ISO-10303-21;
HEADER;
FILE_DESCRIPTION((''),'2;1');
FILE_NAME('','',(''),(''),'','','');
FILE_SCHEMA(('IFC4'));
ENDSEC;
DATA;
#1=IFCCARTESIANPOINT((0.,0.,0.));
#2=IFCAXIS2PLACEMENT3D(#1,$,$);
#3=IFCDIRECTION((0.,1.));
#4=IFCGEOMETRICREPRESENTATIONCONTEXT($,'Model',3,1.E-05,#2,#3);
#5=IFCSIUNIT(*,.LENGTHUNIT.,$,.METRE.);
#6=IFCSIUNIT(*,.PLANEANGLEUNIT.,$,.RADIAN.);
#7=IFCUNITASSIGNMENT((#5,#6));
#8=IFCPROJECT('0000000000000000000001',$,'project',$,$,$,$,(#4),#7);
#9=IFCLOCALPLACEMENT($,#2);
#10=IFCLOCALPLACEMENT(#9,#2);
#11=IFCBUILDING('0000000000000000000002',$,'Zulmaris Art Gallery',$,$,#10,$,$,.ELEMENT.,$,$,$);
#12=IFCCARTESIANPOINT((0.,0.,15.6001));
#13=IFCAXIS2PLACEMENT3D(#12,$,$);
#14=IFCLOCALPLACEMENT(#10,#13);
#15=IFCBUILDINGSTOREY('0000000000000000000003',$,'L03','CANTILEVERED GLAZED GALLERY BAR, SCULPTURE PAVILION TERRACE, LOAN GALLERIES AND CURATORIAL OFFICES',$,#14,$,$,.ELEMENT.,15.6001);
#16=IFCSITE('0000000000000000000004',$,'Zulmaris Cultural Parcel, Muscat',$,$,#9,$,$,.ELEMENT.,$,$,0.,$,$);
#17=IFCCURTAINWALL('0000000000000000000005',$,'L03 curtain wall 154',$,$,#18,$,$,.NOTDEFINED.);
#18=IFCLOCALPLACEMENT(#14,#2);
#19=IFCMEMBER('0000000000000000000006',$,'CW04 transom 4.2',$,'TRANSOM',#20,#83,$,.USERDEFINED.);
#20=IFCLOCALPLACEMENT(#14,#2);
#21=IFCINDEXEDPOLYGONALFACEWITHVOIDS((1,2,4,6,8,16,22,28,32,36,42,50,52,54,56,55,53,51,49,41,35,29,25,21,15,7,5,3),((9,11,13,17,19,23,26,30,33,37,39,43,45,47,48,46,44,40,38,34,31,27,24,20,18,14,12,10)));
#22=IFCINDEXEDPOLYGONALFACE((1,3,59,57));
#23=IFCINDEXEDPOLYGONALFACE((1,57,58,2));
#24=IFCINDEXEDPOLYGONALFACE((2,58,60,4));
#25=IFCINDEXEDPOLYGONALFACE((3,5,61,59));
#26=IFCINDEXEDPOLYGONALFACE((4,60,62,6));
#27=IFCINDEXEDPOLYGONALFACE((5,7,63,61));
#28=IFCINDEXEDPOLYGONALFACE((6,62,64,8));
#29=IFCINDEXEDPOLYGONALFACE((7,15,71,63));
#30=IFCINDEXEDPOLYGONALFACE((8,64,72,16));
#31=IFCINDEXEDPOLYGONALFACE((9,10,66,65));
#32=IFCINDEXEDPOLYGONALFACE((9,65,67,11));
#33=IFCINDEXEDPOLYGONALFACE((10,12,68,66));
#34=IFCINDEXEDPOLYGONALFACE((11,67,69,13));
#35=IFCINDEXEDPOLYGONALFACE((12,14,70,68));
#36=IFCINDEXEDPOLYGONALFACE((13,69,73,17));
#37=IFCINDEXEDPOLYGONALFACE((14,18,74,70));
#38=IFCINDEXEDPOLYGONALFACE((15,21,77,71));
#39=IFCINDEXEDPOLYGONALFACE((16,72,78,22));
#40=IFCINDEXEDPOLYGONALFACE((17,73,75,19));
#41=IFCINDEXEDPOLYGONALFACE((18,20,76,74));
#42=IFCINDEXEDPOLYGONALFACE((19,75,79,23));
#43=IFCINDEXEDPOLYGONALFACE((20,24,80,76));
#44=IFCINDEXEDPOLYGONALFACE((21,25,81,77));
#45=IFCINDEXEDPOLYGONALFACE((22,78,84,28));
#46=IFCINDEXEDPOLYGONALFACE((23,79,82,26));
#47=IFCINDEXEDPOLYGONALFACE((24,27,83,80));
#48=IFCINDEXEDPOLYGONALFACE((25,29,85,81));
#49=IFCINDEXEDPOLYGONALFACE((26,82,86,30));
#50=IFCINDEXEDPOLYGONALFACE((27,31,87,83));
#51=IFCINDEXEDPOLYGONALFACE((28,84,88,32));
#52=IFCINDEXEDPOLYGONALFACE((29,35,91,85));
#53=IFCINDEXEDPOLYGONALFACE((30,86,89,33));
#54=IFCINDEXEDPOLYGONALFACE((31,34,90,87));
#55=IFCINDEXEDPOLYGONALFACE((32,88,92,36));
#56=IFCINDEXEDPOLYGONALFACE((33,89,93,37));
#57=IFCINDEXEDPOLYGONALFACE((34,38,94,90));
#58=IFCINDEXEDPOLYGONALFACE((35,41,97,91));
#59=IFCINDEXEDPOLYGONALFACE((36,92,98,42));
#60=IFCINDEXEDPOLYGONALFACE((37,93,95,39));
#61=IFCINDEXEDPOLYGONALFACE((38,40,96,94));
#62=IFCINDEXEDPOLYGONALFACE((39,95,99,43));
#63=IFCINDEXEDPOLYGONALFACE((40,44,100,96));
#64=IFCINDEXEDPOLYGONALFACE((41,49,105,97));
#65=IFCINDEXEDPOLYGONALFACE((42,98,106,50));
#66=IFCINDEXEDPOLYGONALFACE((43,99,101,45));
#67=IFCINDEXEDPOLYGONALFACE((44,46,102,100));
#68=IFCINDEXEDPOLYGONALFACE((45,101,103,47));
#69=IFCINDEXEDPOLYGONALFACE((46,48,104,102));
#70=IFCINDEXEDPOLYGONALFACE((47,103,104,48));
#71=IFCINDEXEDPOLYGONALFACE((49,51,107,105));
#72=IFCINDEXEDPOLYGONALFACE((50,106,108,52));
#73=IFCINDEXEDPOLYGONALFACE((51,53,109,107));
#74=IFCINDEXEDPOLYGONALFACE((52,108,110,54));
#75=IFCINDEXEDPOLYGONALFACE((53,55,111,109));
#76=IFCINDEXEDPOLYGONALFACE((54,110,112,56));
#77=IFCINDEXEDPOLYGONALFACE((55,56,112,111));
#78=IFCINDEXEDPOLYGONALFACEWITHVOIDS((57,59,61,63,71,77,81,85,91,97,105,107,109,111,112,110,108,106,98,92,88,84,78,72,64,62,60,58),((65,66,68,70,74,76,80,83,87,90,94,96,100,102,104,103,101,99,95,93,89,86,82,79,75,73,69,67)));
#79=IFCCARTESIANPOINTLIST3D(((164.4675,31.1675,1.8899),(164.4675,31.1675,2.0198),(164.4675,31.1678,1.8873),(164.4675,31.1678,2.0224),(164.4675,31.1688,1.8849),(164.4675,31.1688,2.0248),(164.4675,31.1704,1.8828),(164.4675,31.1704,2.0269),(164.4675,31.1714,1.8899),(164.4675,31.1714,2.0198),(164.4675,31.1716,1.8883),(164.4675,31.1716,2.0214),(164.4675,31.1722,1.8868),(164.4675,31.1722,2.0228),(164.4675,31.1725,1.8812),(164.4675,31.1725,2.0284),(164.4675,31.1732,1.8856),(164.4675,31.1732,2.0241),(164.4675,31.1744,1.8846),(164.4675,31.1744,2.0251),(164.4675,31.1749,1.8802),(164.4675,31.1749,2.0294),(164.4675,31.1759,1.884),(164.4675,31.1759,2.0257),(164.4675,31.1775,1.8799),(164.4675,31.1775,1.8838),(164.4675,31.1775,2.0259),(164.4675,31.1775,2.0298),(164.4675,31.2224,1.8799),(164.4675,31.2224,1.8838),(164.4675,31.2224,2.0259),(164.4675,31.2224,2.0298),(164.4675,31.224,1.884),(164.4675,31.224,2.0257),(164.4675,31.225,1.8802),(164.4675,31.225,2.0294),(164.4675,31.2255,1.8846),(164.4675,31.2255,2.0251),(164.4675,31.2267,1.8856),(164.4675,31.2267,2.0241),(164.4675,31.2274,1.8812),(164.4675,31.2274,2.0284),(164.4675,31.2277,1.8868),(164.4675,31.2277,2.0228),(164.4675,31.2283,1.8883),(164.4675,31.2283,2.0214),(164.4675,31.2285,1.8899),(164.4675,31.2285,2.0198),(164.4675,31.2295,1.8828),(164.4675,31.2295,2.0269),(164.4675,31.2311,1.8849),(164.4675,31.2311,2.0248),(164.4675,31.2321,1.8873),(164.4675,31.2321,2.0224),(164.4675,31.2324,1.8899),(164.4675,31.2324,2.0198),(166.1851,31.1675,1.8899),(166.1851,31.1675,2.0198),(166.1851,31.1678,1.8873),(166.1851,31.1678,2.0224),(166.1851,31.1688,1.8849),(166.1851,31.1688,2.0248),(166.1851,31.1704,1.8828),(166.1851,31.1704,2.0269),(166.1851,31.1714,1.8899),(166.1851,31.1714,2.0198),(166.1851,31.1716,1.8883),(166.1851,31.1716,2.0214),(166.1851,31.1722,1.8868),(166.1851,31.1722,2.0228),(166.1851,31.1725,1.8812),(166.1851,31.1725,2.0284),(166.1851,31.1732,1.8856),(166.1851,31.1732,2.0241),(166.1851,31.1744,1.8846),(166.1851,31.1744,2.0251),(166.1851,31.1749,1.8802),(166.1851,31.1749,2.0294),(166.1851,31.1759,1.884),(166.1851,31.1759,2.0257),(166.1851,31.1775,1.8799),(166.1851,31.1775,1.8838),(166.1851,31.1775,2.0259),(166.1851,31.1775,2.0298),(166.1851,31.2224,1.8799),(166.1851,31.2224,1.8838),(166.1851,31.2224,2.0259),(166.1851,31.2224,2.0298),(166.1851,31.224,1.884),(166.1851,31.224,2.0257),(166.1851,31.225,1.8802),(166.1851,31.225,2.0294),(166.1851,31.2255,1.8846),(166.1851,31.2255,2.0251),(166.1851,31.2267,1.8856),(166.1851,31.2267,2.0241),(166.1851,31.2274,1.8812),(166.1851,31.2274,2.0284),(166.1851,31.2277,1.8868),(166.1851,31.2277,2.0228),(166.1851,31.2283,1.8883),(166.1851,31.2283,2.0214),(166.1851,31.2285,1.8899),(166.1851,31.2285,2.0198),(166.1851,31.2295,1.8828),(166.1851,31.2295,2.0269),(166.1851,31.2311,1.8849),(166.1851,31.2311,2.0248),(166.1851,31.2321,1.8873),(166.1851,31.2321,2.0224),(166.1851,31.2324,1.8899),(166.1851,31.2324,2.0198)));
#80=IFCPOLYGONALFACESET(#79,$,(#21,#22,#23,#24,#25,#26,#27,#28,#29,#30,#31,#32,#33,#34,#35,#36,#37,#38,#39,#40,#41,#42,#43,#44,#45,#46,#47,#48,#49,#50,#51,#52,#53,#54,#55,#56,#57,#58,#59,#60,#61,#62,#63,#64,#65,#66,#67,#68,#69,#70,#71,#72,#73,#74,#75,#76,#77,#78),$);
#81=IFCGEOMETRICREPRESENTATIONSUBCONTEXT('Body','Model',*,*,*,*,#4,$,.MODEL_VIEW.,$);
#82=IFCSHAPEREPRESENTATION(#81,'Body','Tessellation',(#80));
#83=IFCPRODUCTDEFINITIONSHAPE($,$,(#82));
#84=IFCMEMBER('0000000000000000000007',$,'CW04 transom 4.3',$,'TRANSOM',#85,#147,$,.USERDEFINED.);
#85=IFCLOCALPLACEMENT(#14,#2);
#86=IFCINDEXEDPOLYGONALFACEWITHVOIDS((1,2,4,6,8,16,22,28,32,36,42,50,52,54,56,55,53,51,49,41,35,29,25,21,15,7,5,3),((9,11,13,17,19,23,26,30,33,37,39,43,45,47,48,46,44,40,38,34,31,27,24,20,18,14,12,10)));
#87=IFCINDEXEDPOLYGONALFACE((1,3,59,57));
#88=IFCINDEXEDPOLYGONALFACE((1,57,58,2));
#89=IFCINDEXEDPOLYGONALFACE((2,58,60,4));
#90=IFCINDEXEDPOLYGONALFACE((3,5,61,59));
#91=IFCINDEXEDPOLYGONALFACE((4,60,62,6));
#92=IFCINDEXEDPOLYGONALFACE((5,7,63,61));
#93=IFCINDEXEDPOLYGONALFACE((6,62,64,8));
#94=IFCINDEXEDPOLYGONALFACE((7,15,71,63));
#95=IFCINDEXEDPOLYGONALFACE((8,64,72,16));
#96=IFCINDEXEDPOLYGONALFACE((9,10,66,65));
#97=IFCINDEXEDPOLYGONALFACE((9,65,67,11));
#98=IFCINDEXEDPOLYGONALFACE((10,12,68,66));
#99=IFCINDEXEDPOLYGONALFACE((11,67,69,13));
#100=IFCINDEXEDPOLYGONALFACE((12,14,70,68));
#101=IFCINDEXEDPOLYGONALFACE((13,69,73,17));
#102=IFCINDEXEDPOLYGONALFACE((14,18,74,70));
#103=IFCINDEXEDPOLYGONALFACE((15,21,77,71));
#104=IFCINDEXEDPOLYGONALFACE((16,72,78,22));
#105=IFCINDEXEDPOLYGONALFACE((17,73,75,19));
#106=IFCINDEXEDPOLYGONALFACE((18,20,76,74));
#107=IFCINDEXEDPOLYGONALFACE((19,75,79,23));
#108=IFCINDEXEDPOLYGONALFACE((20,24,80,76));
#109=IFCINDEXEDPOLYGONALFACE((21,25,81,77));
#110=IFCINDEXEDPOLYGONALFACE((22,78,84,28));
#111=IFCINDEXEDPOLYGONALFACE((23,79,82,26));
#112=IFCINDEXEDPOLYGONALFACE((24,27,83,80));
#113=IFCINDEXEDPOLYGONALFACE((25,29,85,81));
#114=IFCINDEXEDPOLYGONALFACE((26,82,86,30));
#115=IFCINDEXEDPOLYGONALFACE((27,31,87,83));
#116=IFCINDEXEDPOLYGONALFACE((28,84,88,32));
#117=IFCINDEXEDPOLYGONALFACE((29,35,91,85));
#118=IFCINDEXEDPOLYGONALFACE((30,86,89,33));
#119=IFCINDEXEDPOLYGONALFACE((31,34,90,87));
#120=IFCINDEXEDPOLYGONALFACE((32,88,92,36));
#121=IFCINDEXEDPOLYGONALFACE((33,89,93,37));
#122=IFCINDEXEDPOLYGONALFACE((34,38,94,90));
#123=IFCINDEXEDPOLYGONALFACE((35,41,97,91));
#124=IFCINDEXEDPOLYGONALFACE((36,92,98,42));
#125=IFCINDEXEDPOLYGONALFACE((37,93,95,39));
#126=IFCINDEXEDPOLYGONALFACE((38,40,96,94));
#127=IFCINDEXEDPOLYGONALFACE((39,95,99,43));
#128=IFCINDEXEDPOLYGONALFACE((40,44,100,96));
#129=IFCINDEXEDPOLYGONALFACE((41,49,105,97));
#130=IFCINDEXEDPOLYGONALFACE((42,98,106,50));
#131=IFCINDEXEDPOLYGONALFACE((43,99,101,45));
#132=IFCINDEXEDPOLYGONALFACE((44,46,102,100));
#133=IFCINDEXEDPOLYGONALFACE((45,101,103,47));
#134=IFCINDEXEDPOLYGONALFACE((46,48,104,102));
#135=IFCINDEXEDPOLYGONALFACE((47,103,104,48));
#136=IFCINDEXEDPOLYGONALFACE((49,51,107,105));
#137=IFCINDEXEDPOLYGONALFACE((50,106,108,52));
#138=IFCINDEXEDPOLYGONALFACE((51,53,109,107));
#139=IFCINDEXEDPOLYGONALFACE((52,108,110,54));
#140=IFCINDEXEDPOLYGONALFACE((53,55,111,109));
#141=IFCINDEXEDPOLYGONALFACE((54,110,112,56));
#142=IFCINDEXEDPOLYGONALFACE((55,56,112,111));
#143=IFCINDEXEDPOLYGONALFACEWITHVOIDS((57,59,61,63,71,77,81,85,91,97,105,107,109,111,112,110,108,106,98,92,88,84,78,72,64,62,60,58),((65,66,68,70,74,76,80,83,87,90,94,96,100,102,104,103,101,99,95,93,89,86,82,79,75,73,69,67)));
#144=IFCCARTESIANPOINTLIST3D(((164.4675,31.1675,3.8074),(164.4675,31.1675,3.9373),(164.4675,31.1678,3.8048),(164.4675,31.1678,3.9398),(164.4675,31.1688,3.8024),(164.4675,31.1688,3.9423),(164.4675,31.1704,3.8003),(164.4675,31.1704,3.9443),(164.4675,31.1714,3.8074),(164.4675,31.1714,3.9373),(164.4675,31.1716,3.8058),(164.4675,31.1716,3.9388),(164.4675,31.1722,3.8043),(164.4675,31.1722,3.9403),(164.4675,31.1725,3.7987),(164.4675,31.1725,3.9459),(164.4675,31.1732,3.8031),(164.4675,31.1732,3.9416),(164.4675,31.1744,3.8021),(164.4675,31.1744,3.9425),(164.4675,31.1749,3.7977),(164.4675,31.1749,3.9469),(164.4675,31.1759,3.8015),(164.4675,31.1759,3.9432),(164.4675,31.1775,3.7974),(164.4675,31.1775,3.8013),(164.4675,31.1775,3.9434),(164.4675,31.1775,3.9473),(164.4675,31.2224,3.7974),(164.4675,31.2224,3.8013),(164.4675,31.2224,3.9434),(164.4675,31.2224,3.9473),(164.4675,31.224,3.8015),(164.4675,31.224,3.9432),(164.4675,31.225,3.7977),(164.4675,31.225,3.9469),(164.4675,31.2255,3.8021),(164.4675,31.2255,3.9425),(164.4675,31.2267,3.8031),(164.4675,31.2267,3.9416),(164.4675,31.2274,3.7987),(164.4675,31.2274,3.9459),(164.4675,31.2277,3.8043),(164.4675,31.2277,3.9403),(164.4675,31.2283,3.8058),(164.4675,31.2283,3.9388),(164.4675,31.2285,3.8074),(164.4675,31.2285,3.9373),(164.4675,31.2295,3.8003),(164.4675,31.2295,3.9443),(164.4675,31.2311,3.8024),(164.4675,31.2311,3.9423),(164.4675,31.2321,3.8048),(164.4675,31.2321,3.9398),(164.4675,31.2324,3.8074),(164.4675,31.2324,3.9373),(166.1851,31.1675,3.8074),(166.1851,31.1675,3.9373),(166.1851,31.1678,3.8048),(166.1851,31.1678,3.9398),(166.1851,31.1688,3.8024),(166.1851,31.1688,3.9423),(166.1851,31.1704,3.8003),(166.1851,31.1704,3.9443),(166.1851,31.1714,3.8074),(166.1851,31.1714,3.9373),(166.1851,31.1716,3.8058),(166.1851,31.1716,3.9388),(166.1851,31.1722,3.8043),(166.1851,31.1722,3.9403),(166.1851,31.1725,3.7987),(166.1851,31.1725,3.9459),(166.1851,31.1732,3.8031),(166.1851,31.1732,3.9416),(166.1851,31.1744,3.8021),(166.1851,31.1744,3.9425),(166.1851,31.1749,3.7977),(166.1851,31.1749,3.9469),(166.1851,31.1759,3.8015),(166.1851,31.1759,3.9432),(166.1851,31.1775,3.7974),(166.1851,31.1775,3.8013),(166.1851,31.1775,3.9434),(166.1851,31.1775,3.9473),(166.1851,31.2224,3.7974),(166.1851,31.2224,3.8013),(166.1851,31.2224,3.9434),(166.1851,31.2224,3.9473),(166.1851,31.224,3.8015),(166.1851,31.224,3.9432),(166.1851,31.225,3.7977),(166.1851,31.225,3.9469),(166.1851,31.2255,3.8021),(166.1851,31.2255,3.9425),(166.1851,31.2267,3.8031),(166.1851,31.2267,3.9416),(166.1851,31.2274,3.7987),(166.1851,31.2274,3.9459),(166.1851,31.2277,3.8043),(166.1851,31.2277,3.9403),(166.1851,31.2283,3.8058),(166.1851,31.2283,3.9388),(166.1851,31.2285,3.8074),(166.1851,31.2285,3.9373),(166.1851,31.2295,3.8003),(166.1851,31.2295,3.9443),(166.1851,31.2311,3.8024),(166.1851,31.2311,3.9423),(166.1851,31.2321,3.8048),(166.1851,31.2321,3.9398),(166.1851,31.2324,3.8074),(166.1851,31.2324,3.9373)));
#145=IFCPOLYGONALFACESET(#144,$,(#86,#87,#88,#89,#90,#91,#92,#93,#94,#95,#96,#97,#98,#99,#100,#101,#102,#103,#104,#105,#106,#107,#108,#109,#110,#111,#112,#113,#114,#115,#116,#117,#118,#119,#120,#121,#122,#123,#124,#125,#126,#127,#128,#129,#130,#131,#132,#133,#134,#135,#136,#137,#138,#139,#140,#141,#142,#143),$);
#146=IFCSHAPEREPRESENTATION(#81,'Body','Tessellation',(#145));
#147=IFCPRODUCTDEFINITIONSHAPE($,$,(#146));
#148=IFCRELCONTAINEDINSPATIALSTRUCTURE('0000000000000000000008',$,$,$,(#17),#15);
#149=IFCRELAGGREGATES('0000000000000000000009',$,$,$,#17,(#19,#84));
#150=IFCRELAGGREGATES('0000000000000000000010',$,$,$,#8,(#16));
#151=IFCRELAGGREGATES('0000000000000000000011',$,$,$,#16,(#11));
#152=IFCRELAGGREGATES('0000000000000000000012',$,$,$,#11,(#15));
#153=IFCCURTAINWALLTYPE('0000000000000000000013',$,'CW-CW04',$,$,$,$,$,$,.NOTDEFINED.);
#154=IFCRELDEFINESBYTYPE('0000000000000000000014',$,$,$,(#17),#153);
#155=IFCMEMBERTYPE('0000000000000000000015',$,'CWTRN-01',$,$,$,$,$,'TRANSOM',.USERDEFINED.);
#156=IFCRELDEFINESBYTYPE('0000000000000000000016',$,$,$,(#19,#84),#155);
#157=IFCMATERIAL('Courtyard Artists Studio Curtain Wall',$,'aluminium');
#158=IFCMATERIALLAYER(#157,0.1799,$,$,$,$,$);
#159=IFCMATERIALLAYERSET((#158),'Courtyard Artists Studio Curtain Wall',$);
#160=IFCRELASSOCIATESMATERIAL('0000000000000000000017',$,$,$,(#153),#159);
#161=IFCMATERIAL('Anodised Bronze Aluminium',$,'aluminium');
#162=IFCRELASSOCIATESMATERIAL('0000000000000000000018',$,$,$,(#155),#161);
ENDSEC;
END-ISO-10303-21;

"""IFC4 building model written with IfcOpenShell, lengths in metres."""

from ifc_helpers import new_model, si_unit, direction, frame, origin, origin_2d, place, context, subcontext, project, spatial, hollow_rectangle, extrude, material, layer, layer_set, material_profile, profile_set, type_object, element, aggregate, save


model = new_model("IFC4")

# Units and contexts
model_context = context("Model", 3, precision=1e-05, world=origin(), true_north=direction((0.0, 1.0)))
body_context = subcontext(model_context, "Body", "Model", "MODEL_VIEW")
ifc_project = project(units=[si_unit("LENGTHUNIT", "METRE"), si_unit("PLANEANGLEUNIT", "RADIAN")], contexts=[model_context])

# Site, building, storey
site_placement = place(None, origin())
site = spatial("IfcSite", under=ifc_project, at=site_placement, Name="Zulmaris Cultural Parcel, Muscat", CompositionType="ELEMENT", RefElevation=0.0)
building_placement = place(site_placement, origin())
building = spatial("IfcBuilding", under=site, at=building_placement, Name="Zulmaris Art Gallery", CompositionType="ELEMENT")
storey_placement = place(building_placement, frame((0.0, 0.0, 15.6001)))
storey = spatial("IfcBuildingStorey", under=building, at=storey_placement, Name="L03", Description="CANTILEVERED GLAZED GALLERY BAR, SCULPTURE PAVILION TERRACE, LOAN GALLERIES AND CURATORIAL OFFICES", CompositionType="ELEMENT", Elevation=15.6001)

# Curtain wall
ifc_material_1 = material(Name="Courtyard Artists Studio Curtain Wall", Category="aluminium")
ifc_layer_1 = layer(ifc_material_1, 0.1799)
ifc_layer_set_1 = layer_set([ifc_layer_1], Name="Courtyard Artists Studio Curtain Wall")
curtain_wall_type = type_object("IfcCurtainWallType", Name="CW-CW04", PredefinedType="NOTDEFINED", material=ifc_layer_set_1)
curtain_wall_1_placement = place(storey_placement, origin())
curtain_wall_1 = element("IfcCurtainWall", 1, at=curtain_wall_1_placement, inside=storey, type_object=curtain_wall_type, Name="L03 curtain wall 154", PredefinedType="NOTDEFINED")
ifc_material_2 = material(Name="Anodised Bronze Aluminium", Category="aluminium")

# Members
ifc_material_profile_1 = material_profile(ifc_material_2, hollow_rectangle(XDim=0.0649, YDim=0.1499, WallThickness=0.0039, InnerFilletRadius=0.0061, OuterFilletRadius=0.01, at=origin_2d()), Name="ALU 65x150x4")
ifc_profile_set_1 = profile_set([ifc_material_profile_1], Name="Anodised Bronze Aluminium")
member_type_1 = type_object("IfcMemberType", Name="CWTRN-01", ElementType="TRANSOM", PredefinedType="USERDEFINED", material=ifc_profile_set_1)
member_1_placement = place(storey_placement, frame((164.4675, 31.2, 1.9548), z_axis=(1.0, 0.0, 0.0), x_axis=(0.0, 1.0, 0.0)))
member_1 = element("IfcMember", 2, at=member_1_placement, type_object=member_type_1, Name="CW04 transom 4.2", ObjectType="TRANSOM", PredefinedType="USERDEFINED", context=body_context, shape_type="SweptSolid", body=[
    extrude(hollow_rectangle(XDim=0.0649, YDim=0.1499, WallThickness=0.0039, InnerFilletRadius=0.0061, OuterFilletRadius=0.01, at=origin_2d()), origin(), (0.0, 0.0, 1.0), 1.7175),
])
member_2_placement = place(storey_placement, frame((164.4675, 31.2, 3.8723), z_axis=(1.0, 0.0, 0.0), x_axis=(0.0, 1.0, 0.0)))
member_2 = element("IfcMember", 3, at=member_2_placement, type_object=member_type_1, Name="CW04 transom 4.3", ObjectType="TRANSOM", PredefinedType="USERDEFINED", context=body_context, shape_type="SweptSolid", body=[
    extrude(hollow_rectangle(XDim=0.0649, YDim=0.1499, WallThickness=0.0039, InnerFilletRadius=0.0061, OuterFilletRadius=0.01, at=origin_2d()), origin(), (0.0, 0.0, 1.0), 1.7175),
])

aggregate(curtain_wall_1, [member_1, member_2])

save(model, "model.ifc")
